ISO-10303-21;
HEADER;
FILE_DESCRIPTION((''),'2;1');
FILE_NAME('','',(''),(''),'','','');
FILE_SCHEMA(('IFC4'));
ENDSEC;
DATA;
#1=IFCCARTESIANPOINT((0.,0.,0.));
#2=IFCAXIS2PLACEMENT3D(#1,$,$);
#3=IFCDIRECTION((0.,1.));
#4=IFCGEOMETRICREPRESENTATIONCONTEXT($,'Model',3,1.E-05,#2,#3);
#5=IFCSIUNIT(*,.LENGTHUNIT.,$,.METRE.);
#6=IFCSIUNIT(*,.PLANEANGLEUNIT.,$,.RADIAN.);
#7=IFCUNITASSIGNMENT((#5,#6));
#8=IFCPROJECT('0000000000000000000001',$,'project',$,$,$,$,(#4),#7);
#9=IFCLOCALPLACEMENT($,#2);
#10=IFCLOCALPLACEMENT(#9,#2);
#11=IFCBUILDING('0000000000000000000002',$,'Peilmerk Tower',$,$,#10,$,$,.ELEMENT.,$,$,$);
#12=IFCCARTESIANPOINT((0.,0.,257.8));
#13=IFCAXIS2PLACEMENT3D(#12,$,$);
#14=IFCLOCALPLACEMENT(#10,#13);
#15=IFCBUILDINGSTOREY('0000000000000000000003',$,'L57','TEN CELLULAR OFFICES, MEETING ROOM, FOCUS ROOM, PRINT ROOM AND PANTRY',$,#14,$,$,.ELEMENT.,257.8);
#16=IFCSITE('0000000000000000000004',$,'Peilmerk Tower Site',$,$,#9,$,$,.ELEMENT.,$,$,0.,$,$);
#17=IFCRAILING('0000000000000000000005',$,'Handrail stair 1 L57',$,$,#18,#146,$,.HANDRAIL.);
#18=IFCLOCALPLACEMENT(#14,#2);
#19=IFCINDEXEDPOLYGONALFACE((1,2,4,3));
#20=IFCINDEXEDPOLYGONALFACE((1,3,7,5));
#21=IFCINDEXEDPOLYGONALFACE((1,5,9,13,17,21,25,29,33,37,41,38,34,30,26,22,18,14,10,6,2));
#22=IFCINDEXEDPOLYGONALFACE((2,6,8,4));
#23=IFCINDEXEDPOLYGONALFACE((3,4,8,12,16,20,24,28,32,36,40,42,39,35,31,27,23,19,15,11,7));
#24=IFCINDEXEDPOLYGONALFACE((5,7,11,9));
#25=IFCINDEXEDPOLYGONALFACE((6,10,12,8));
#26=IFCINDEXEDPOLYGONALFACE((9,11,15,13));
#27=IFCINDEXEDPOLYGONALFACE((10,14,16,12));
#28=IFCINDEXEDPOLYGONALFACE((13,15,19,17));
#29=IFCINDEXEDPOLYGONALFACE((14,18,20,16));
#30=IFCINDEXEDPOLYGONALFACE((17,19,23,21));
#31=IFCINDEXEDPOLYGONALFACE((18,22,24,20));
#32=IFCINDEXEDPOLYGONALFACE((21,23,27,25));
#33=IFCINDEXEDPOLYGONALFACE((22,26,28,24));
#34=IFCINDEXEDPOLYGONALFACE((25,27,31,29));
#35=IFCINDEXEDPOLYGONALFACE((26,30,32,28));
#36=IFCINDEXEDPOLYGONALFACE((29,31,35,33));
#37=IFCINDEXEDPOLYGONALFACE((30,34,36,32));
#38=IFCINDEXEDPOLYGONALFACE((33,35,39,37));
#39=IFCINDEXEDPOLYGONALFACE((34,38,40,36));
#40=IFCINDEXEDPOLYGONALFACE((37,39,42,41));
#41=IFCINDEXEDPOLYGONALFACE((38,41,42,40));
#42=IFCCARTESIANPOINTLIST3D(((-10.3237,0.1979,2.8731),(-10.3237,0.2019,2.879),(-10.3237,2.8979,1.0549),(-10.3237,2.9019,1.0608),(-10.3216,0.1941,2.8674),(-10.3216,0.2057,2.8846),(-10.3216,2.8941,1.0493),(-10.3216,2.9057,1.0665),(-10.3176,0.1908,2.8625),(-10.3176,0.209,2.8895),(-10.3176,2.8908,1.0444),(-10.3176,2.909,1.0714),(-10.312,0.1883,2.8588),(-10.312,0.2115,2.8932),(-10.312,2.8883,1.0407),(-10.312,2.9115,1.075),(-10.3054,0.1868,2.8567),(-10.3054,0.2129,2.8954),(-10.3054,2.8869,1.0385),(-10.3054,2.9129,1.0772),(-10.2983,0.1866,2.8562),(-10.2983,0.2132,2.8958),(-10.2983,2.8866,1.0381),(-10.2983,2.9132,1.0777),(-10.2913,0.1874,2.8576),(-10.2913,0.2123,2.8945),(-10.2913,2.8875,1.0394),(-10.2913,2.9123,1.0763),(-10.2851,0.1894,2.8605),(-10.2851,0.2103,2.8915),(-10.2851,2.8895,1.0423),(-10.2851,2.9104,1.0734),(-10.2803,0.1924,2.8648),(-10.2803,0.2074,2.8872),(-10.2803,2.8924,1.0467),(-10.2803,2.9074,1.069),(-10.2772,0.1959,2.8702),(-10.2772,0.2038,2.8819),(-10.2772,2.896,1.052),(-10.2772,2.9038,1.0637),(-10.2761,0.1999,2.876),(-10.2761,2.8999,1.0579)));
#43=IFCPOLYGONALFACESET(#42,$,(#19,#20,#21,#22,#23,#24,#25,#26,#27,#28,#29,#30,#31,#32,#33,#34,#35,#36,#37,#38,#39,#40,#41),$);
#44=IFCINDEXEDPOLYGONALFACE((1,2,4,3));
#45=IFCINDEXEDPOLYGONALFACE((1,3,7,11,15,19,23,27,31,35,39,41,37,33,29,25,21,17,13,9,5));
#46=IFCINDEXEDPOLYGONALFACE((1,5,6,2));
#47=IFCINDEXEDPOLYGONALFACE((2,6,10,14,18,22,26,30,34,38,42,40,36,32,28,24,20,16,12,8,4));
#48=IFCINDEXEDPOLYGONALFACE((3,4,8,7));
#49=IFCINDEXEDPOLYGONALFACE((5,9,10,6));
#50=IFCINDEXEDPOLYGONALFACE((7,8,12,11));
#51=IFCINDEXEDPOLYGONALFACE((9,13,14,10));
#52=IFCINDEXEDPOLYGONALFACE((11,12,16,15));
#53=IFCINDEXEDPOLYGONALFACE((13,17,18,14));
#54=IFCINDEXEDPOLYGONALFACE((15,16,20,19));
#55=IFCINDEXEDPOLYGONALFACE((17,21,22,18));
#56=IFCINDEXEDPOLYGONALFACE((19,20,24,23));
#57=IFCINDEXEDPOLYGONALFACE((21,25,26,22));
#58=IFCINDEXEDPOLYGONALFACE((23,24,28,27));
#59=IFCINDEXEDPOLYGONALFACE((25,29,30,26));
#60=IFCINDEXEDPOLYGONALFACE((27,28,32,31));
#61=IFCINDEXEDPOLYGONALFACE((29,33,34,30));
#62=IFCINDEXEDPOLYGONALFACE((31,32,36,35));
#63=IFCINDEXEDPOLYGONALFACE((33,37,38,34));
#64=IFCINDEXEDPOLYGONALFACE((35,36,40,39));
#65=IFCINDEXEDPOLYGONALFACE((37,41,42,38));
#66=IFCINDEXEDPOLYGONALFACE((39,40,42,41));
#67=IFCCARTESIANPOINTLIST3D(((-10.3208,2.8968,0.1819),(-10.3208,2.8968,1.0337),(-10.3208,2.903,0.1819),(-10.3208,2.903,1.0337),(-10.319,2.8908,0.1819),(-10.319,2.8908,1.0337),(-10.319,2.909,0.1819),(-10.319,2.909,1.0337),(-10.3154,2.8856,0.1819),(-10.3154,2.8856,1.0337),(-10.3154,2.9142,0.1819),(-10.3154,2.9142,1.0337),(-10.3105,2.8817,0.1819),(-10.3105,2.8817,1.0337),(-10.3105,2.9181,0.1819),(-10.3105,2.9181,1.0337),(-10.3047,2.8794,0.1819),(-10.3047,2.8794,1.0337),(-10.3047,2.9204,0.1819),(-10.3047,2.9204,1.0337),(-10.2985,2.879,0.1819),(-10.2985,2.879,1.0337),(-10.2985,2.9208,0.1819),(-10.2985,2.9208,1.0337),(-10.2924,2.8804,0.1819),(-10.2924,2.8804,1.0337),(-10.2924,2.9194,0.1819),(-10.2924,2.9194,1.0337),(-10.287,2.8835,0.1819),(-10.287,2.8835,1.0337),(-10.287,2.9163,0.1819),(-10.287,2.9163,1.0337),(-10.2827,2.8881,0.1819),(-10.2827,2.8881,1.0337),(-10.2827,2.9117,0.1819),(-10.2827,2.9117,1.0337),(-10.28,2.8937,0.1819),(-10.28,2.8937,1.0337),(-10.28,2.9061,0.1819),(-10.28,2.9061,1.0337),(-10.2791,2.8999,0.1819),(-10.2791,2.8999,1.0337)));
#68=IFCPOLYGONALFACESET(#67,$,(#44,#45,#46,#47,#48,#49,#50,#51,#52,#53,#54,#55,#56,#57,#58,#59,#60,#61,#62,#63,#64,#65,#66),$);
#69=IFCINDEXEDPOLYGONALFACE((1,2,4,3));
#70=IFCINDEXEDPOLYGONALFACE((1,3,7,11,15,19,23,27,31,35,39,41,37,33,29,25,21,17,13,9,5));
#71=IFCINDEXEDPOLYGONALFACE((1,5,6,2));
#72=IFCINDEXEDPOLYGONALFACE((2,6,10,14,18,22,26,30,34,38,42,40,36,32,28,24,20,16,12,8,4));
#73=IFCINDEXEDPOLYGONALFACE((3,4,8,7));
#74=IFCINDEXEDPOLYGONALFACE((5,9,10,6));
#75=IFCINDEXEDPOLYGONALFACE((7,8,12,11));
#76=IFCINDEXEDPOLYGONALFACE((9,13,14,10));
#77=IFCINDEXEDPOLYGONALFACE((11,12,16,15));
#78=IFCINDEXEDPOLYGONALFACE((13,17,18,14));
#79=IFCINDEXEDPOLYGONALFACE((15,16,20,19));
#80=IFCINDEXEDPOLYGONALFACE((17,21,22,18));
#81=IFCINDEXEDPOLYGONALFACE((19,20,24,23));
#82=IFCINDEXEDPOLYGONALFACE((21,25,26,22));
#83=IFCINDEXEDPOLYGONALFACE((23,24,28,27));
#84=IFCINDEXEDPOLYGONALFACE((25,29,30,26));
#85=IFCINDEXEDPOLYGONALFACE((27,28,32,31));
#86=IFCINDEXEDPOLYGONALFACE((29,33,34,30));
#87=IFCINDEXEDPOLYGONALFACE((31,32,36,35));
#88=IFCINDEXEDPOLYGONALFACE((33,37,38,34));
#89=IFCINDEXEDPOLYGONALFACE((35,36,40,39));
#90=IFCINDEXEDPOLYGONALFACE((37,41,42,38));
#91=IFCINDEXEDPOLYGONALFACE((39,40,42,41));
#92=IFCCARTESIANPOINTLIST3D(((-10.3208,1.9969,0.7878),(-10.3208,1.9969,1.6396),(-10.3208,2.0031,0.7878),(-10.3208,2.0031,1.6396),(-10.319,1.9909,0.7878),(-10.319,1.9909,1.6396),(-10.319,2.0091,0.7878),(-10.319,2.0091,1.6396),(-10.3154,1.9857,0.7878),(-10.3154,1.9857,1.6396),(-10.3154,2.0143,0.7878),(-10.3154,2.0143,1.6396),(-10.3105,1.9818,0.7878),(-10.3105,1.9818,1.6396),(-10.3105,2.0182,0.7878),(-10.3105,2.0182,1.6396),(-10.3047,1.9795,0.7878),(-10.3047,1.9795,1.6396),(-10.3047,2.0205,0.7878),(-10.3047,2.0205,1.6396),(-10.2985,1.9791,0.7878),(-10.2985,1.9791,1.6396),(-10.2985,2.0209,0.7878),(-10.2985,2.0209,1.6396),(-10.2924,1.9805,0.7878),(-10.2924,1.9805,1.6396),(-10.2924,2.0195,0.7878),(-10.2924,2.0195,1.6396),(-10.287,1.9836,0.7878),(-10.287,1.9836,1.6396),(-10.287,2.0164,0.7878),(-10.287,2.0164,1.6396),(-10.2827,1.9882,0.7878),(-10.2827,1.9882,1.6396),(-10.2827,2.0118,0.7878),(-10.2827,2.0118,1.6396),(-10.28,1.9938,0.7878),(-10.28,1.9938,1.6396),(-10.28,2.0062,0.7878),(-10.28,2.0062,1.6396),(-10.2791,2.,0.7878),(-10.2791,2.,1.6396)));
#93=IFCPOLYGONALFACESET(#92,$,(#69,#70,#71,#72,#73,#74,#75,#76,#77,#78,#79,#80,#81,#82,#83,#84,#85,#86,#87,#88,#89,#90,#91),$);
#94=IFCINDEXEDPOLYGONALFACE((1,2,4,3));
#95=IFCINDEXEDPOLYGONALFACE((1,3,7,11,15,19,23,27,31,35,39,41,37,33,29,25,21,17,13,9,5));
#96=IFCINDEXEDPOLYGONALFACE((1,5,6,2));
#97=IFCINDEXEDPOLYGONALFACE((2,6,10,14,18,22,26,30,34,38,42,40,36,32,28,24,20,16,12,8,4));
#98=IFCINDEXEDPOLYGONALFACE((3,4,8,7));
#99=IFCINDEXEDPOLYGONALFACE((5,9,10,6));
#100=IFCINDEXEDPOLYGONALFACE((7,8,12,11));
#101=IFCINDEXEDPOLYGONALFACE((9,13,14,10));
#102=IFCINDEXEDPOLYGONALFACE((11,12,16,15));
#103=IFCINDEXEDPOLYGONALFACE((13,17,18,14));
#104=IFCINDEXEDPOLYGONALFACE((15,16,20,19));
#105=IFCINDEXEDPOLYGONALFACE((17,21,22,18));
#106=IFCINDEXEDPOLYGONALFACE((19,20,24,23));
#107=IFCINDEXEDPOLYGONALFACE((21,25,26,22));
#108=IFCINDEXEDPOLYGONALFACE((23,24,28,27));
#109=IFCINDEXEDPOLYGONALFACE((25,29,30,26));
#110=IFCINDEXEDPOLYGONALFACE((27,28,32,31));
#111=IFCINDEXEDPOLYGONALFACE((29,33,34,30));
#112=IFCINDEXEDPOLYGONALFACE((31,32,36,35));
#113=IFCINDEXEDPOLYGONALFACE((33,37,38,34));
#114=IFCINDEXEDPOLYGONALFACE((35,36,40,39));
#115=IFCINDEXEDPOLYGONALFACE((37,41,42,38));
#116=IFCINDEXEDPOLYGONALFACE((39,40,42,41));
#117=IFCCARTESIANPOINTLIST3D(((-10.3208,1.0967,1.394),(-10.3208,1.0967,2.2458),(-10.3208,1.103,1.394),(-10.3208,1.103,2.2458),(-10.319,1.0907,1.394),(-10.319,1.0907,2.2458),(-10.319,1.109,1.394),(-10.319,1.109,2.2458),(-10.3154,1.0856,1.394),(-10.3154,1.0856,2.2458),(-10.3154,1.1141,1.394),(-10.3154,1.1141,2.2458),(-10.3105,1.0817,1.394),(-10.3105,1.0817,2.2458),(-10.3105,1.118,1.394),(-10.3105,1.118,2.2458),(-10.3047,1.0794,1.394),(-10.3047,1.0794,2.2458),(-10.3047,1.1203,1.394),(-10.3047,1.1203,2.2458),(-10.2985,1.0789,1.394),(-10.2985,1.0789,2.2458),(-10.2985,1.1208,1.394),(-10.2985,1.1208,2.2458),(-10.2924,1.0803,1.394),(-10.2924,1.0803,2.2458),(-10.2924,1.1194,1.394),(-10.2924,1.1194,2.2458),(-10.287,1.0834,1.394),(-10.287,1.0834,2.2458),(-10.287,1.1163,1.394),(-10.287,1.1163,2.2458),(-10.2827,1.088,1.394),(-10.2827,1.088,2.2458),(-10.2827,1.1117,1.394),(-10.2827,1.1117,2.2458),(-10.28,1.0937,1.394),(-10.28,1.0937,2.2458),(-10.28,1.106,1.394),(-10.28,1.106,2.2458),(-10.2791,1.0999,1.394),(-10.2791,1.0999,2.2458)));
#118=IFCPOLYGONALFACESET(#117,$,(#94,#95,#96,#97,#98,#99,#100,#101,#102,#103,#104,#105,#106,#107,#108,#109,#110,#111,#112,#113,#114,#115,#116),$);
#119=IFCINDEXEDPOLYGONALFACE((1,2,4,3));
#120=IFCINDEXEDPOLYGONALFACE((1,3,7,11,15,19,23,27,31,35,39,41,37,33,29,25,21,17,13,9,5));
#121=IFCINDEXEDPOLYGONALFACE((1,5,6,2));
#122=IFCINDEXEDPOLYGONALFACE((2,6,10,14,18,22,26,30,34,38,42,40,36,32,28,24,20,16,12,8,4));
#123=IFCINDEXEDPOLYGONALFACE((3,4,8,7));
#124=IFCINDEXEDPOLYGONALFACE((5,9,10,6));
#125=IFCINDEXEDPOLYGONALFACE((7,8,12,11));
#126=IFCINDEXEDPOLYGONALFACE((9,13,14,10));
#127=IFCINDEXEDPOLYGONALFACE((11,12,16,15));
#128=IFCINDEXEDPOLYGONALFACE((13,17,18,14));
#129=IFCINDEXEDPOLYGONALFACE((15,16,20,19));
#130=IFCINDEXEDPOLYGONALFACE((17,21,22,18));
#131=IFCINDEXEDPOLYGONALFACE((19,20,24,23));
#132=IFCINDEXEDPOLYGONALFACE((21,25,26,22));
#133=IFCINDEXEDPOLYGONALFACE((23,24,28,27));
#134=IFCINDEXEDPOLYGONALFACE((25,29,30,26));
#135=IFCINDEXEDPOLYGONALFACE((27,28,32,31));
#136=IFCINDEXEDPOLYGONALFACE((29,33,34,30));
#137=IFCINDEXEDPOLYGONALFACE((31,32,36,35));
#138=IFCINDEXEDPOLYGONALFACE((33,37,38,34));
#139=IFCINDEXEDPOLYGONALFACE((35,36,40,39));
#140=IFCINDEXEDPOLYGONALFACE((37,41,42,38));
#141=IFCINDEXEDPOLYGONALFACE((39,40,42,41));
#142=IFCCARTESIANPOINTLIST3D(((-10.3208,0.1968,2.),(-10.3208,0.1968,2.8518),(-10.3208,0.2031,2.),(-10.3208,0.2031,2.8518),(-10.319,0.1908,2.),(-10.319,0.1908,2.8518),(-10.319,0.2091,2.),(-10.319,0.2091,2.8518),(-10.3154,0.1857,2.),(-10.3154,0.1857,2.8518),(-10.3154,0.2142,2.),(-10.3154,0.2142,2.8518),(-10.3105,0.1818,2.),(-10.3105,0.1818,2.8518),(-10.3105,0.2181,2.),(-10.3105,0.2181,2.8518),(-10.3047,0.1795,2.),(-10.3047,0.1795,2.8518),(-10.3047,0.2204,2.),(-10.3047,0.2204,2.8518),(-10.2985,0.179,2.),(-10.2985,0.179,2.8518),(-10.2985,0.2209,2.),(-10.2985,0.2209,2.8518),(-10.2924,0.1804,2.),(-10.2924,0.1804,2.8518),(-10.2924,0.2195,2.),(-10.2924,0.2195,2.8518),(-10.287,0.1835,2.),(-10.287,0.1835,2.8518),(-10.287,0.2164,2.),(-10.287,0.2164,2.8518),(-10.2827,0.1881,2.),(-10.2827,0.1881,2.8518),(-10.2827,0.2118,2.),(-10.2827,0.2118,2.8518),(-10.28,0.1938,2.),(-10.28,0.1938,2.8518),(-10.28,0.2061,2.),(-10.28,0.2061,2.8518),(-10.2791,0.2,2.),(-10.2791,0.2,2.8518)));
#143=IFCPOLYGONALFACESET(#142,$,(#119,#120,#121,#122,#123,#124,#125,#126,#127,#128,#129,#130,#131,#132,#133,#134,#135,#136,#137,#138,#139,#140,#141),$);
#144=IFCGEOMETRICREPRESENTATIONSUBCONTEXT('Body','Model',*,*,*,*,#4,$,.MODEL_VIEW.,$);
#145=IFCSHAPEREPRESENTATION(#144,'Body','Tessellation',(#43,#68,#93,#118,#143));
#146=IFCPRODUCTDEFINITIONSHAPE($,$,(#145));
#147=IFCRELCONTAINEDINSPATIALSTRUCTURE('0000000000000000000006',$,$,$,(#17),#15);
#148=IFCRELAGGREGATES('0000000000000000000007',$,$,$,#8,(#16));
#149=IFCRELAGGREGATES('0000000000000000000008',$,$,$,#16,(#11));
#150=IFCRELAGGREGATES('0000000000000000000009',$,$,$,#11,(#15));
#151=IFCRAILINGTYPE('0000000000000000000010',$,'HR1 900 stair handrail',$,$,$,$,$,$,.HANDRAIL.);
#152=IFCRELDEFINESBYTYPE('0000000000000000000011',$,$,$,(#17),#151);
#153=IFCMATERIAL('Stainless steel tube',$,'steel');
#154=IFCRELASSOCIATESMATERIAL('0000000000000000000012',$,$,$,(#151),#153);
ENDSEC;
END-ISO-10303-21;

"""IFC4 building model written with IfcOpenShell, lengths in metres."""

from ifc_helpers import new_model, si_unit, direction, frame, origin, origin_2d, place, context, subcontext, project, spatial, circle, extrude, material, type_object, element, save


model = new_model("IFC4")

# Units and contexts
model_context = context("Model", 3, precision=1e-05, world=origin(), true_north=direction((0.0, 1.0)))
body_context = subcontext(model_context, "Body", "Model", "MODEL_VIEW")
ifc_project = project(units=[si_unit("LENGTHUNIT", "METRE"), si_unit("PLANEANGLEUNIT", "RADIAN")], contexts=[model_context])

# Site, building, storey
site_placement = place(None, origin())
site = spatial("IfcSite", under=ifc_project, at=site_placement, Name="Peilmerk Tower Site", CompositionType="ELEMENT", RefElevation=0.0)
building_placement = place(site_placement, origin())
building = spatial("IfcBuilding", under=site, at=building_placement, Name="Peilmerk Tower", CompositionType="ELEMENT")
storey_placement = place(building_placement, frame((0.0, 0.0, 257.8)))
storey = spatial("IfcBuildingStorey", under=building, at=storey_placement, Name="L57", Description="TEN CELLULAR OFFICES, MEETING ROOM, FOCUS ROOM, PRINT ROOM AND PANTRY", CompositionType="ELEMENT", Elevation=257.8)

# Railing
ifc_material_1 = material(Name="Stainless steel tube", Category="steel")
railing_type_1 = type_object("IfcRailingType", Name="HR1 900 stair handrail", PredefinedType="HANDRAIL", material=ifc_material_1)
railing_1_placement = place(storey_placement, frame((-10.3, 2.8999, 0.1819)))
element("IfcRailing", 1, at=railing_1_placement, inside=storey, type_object=railing_type_1, Name="Handrail stair 1 L57", PredefinedType="HANDRAIL", context=body_context, shape_type="SweptSolid", body=[
    extrude(circle(Radius=0.0239, at=origin_2d()), frame((0.0, 0.0, 0.876), z_axis=(0.0, -0.829468, 0.558554), x_axis=(1.0, 0.0, 0.0)), (0.0, 0.0, 1.0), 3.2551),
    extrude(circle(Radius=0.021, at=origin_2d()), origin(), (0.0, 0.0, 1.0), 0.8518),
    extrude(circle(Radius=0.021, at=origin_2d()), frame((0.0, -0.8999, 0.606)), (0.0, 0.0, 1.0), 0.8518),
    extrude(circle(Radius=0.021, at=origin_2d()), frame((0.0, -1.8, 1.2122)), (0.0, 0.0, 1.0), 0.8518),
    extrude(circle(Radius=0.021, at=origin_2d()), frame((0.0, -2.7, 1.8181)), (0.0, 0.0, 1.0), 0.8518),
])

save(model, "model.ifc")
